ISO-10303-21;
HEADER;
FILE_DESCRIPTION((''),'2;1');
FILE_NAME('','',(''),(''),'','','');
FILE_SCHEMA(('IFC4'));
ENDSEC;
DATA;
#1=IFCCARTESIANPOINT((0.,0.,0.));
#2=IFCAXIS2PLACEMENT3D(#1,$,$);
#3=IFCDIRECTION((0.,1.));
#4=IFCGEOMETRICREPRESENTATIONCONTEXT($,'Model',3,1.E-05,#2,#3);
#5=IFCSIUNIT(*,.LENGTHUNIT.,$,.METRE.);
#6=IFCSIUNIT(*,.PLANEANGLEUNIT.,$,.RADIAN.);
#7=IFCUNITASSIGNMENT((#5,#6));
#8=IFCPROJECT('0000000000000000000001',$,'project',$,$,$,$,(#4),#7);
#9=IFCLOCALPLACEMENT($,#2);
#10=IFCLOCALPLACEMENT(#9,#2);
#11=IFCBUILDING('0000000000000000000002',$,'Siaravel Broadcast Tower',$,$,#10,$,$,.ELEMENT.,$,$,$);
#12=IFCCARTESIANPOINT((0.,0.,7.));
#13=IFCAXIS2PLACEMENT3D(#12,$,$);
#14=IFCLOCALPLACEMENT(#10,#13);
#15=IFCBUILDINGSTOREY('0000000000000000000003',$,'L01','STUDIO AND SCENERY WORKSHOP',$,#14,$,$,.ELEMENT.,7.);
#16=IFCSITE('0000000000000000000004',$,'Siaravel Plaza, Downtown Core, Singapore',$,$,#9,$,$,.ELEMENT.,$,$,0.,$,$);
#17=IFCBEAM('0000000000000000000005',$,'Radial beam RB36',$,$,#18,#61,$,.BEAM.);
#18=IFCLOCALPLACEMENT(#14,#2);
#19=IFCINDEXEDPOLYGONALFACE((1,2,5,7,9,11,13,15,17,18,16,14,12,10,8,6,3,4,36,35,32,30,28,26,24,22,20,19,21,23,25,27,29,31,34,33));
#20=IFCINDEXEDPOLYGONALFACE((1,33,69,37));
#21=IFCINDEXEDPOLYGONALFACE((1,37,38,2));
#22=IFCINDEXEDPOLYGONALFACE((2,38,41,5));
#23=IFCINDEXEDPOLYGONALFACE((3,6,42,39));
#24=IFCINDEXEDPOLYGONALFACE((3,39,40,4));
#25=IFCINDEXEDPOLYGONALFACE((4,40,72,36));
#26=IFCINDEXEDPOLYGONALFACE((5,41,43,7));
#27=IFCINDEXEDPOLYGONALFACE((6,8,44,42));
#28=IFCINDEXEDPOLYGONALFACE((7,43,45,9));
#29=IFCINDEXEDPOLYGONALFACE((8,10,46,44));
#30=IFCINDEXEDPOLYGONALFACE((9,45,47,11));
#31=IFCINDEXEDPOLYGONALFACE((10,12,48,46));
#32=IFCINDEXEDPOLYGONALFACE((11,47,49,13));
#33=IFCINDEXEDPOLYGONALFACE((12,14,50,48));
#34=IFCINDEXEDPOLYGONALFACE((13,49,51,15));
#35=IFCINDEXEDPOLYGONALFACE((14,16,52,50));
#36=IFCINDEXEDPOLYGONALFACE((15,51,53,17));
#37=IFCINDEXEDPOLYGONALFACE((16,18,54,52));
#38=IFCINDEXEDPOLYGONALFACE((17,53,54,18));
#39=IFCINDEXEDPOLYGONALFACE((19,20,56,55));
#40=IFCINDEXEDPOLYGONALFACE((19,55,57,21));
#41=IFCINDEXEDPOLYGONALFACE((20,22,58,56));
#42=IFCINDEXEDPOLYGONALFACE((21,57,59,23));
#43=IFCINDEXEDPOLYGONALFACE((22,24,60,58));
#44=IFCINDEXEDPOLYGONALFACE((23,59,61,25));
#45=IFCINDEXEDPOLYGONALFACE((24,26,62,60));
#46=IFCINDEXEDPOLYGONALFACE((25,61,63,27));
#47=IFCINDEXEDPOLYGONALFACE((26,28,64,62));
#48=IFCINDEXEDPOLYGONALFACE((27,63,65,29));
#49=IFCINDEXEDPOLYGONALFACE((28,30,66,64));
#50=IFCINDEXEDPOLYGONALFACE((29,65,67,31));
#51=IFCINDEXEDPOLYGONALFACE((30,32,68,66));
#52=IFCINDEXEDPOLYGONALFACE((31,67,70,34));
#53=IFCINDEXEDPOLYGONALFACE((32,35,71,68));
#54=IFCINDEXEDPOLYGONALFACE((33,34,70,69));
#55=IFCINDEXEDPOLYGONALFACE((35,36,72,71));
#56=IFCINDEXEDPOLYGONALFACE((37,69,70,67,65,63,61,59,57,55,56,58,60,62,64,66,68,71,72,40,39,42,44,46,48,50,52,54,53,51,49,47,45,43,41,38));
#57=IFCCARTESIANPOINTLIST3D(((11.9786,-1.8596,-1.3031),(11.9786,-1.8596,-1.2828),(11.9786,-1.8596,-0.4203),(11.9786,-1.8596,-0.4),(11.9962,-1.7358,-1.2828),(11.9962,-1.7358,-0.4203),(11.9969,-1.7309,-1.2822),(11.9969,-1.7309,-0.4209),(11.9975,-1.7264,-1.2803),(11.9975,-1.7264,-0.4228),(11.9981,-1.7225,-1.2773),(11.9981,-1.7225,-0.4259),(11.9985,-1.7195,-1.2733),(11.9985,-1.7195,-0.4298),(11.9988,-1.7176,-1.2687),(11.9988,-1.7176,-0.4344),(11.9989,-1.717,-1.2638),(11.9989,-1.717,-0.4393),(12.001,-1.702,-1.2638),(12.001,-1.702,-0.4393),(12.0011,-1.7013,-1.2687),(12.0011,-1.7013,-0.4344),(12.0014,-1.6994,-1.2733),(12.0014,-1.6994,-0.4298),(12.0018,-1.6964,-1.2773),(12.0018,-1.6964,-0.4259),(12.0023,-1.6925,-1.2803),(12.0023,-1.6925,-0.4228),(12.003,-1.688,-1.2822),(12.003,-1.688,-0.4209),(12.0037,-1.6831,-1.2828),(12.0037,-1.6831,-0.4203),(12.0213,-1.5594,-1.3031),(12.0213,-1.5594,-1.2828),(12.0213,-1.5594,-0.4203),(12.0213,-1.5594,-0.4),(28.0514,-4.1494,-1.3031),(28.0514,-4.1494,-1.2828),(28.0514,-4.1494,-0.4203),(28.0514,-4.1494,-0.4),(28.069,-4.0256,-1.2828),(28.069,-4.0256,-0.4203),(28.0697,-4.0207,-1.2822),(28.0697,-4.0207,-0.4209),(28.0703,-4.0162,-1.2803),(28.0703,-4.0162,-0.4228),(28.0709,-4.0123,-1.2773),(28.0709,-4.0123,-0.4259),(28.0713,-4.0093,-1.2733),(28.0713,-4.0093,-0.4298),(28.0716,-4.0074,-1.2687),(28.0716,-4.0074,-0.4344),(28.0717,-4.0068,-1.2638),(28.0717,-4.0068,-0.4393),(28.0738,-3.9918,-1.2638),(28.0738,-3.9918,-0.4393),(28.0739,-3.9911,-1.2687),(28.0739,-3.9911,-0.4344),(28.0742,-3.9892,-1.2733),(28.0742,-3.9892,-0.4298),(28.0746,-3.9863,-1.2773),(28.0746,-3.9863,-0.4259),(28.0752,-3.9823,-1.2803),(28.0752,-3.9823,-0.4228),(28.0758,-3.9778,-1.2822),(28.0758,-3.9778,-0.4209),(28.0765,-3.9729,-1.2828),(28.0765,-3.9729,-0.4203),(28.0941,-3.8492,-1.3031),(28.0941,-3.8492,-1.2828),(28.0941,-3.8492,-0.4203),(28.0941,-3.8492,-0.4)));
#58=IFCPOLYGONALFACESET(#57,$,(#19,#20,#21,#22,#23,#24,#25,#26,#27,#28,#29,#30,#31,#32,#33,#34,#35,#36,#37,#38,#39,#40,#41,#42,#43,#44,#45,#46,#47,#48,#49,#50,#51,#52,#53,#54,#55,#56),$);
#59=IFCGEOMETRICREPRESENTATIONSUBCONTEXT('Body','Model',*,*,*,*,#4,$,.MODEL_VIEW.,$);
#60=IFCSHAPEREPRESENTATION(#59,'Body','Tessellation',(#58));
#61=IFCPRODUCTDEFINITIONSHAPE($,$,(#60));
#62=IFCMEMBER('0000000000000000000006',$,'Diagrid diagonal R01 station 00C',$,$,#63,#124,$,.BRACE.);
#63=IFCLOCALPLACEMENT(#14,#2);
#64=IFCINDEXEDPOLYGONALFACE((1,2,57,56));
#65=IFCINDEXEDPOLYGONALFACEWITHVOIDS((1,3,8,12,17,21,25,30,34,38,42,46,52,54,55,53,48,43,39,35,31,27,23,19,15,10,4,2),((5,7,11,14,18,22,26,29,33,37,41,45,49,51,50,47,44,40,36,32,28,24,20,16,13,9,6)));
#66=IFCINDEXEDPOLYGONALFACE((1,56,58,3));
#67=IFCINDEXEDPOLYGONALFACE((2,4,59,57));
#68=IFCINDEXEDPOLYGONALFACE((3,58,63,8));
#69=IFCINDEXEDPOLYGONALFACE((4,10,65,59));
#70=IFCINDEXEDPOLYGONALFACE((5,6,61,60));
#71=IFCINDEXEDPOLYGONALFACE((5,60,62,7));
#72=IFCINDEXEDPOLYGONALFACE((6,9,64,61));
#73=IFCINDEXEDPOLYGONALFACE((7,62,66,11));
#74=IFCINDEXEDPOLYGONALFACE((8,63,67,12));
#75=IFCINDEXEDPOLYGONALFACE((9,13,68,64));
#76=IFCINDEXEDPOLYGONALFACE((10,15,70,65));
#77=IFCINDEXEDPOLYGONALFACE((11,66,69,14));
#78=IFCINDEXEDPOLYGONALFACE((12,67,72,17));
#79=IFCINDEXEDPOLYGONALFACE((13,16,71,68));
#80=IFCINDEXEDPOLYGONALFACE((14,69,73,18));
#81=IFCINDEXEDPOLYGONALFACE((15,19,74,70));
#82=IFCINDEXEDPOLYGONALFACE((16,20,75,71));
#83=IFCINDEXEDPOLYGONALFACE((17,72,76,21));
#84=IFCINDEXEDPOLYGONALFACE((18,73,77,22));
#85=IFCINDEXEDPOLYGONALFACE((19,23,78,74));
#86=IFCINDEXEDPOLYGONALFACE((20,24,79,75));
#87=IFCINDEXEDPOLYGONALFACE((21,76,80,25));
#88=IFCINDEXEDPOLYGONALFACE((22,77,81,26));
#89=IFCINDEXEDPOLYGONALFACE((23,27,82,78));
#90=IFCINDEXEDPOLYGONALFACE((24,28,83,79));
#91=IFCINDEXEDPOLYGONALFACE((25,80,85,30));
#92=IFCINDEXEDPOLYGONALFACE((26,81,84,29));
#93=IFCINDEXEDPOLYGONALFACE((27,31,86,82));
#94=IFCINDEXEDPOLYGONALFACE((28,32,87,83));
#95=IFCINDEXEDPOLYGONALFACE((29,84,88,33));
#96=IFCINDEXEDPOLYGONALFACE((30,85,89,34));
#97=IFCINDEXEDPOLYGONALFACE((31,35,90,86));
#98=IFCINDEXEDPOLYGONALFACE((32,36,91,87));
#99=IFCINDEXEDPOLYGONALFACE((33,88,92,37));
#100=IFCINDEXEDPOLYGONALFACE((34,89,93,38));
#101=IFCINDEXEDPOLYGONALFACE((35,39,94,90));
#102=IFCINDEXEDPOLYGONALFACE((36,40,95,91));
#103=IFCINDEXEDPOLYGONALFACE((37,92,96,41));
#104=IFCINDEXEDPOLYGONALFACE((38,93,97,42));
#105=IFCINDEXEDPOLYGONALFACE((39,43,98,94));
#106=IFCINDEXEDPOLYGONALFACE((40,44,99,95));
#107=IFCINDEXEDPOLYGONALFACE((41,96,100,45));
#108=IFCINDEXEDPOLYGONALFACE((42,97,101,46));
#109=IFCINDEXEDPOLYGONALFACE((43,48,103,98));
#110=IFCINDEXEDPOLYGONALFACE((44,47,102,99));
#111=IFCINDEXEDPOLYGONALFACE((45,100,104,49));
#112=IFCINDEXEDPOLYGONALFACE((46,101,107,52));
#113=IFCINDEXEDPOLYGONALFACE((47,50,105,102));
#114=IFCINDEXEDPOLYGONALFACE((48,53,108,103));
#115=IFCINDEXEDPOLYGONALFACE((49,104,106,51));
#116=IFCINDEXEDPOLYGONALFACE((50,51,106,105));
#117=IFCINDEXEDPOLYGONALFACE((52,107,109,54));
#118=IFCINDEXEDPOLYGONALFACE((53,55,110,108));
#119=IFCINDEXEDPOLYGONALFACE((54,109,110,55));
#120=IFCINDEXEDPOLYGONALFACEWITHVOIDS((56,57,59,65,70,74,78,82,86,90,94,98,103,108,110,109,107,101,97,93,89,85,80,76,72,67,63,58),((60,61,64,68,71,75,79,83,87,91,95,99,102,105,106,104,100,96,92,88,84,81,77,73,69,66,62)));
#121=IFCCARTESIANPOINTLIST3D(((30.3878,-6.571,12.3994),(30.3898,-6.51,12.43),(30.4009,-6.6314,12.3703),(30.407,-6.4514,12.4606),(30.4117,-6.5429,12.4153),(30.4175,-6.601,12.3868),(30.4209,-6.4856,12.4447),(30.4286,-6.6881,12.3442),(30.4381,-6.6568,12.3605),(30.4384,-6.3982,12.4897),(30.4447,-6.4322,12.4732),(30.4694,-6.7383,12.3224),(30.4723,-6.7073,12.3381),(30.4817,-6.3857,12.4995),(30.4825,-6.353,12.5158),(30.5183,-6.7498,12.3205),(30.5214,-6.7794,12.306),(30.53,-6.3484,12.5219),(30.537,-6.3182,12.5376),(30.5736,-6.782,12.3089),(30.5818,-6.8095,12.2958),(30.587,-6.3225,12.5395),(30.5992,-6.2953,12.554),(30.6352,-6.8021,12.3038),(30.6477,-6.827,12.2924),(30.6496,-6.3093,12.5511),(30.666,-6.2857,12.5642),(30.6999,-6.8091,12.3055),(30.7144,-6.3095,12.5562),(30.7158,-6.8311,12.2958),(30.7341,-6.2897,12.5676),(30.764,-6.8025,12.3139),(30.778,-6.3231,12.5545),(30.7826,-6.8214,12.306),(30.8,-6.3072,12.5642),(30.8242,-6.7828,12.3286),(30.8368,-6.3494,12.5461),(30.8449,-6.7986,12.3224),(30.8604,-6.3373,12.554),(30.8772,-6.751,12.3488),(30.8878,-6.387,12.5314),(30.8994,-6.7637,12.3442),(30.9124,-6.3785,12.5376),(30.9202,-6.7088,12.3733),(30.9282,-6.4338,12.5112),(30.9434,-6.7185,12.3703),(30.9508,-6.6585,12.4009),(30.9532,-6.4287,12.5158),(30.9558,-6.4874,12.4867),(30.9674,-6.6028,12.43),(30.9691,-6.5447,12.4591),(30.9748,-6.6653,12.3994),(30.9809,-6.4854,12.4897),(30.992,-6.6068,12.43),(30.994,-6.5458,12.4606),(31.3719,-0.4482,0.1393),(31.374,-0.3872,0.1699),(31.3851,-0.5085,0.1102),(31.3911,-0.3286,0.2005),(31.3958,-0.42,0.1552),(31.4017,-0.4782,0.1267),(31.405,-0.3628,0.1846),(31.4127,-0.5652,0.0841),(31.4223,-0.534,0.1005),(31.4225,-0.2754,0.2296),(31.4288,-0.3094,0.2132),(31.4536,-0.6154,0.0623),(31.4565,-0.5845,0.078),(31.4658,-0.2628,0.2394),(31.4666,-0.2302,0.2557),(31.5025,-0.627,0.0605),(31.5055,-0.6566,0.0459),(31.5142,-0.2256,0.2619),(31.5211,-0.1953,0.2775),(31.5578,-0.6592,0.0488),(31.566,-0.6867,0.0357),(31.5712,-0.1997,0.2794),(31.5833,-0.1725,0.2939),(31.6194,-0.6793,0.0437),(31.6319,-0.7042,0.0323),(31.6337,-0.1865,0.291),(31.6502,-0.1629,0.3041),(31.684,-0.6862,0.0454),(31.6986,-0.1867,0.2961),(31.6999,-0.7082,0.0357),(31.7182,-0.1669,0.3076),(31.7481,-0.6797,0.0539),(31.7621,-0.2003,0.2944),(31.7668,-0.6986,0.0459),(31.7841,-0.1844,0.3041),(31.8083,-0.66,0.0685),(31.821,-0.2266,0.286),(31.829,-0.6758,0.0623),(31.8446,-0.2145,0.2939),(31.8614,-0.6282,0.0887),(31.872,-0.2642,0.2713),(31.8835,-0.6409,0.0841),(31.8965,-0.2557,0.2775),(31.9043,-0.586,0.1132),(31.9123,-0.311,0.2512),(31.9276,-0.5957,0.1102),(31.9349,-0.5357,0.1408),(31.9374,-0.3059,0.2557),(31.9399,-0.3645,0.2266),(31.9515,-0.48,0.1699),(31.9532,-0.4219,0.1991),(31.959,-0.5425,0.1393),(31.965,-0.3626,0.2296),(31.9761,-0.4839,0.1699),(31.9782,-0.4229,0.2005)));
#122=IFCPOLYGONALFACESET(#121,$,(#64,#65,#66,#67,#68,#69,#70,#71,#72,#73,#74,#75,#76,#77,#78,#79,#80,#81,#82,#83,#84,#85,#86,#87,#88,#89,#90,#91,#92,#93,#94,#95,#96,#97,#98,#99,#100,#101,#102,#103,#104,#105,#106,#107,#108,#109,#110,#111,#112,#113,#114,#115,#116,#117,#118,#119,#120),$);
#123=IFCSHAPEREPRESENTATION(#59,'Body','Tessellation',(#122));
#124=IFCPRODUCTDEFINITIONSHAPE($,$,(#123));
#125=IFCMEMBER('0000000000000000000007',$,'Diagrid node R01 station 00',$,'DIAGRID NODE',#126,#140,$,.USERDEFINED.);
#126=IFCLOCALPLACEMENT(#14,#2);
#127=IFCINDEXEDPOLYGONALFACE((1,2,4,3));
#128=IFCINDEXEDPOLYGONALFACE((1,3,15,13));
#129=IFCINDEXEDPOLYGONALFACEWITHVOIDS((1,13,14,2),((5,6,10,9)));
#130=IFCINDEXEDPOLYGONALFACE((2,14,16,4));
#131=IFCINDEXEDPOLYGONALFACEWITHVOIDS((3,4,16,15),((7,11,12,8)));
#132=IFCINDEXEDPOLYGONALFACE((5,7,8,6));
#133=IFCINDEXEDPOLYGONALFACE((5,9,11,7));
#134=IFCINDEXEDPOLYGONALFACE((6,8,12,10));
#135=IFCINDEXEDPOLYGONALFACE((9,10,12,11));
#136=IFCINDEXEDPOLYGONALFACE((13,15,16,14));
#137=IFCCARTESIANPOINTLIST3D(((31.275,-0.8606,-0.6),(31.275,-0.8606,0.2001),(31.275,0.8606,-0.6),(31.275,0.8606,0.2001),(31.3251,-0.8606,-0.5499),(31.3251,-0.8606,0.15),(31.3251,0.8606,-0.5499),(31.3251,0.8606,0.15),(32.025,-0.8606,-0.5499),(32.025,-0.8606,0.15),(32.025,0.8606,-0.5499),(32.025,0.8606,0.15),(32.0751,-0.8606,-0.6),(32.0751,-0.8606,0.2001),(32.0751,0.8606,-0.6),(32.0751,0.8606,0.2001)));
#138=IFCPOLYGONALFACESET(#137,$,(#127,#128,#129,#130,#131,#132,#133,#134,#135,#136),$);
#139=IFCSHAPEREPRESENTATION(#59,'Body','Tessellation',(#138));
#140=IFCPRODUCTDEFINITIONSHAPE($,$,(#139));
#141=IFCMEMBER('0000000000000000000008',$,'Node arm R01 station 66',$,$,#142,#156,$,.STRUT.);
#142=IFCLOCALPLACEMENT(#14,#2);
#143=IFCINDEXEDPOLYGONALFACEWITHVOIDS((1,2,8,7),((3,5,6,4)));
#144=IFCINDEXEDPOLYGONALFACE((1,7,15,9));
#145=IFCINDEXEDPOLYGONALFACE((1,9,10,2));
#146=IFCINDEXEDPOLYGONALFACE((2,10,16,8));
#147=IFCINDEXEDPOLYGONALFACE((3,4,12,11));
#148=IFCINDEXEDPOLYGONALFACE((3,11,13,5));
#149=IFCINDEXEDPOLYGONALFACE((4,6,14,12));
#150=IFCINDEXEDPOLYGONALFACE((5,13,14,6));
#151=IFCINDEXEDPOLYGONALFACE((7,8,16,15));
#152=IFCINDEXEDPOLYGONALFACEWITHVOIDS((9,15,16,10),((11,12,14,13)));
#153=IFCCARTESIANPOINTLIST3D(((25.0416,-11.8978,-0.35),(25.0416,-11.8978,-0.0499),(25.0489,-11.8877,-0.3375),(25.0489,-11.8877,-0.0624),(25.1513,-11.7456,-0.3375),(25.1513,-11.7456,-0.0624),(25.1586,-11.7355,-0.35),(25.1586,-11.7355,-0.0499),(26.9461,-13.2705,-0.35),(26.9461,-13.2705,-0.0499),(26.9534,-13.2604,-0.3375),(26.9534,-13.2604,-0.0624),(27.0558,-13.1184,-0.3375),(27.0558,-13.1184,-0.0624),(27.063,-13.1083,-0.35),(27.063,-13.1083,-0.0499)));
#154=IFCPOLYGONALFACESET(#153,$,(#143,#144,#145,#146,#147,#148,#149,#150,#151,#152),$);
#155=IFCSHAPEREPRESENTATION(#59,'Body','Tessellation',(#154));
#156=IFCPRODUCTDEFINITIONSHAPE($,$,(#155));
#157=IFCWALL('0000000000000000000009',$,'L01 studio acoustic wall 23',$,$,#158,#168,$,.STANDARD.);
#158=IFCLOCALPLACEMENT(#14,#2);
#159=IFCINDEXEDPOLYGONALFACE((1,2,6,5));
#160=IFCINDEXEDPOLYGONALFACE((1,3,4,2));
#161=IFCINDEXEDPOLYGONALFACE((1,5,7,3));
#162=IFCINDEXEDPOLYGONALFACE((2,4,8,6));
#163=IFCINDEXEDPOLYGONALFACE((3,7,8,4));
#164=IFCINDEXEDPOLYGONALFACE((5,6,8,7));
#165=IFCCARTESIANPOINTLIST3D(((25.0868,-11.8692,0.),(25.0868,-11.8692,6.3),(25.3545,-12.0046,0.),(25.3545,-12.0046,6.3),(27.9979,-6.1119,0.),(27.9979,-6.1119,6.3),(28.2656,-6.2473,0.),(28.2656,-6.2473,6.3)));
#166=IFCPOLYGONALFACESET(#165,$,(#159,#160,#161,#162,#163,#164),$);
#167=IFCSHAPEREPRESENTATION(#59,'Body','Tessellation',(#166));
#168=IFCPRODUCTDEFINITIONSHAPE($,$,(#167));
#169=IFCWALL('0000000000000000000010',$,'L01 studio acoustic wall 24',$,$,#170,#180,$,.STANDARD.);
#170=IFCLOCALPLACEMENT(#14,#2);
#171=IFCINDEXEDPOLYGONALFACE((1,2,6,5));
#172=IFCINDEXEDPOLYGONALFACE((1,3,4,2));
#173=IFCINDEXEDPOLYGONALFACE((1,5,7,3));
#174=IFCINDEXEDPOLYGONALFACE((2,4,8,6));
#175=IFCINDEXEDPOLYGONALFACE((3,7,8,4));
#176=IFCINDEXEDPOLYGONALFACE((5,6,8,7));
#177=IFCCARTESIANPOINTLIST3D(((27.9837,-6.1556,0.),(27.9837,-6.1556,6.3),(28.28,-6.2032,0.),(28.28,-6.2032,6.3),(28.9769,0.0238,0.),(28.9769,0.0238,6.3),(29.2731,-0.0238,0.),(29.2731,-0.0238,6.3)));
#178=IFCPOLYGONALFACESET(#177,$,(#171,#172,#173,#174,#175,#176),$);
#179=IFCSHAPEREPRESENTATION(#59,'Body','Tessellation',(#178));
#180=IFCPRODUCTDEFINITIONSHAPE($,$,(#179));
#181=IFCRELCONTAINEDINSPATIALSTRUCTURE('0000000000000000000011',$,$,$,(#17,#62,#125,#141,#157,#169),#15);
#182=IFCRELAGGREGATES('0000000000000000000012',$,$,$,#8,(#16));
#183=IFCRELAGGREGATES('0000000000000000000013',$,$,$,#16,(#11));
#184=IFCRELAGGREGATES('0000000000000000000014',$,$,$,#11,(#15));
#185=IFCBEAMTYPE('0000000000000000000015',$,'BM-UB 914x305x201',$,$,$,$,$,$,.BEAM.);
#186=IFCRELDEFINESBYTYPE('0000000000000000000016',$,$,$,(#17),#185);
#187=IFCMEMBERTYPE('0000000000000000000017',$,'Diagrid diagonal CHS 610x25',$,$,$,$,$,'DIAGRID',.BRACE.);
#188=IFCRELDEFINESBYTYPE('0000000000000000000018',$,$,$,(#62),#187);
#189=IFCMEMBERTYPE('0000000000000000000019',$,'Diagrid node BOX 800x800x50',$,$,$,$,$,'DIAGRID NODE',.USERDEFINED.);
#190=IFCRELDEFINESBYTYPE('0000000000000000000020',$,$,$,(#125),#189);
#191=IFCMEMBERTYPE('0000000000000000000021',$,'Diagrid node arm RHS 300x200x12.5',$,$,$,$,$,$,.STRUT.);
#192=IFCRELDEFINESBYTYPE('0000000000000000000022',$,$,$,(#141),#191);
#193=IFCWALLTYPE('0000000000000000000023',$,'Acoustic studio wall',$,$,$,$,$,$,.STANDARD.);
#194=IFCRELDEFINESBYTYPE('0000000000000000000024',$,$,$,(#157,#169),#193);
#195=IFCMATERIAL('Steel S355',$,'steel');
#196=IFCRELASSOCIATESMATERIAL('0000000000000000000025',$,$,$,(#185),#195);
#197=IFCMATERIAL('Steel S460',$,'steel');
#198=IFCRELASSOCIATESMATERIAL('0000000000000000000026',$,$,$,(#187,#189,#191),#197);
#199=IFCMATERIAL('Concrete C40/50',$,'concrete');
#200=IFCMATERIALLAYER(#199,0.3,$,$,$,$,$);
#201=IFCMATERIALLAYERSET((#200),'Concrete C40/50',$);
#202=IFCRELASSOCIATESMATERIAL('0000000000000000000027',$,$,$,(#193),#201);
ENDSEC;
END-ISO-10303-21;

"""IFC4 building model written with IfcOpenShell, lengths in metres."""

from ifc_helpers import new_model, si_unit, direction, frame, frame_2d, origin, origin_2d, place, context, subcontext, project, spatial, rectangle, hollow_rectangle, hollow_circle, i_section, extrude, material, layer, layer_set, material_profile, profile_set, type_object, element, save


model = new_model("IFC4")

# Units and contexts
model_context = context("Model", 3, precision=1e-05, world=origin(), true_north=direction((0.0, 1.0)))
body_context = subcontext(model_context, "Body", "Model", "MODEL_VIEW")
ifc_project = project(units=[si_unit("LENGTHUNIT", "METRE"), si_unit("PLANEANGLEUNIT", "RADIAN")], contexts=[model_context])

# Site, building, storey
site_placement = place(None, origin())
site = spatial("IfcSite", under=ifc_project, at=site_placement, Name="Siaravel Plaza, Downtown Core, Singapore", CompositionType="ELEMENT", RefElevation=0.0)
building_placement = place(site_placement, origin())
building = spatial("IfcBuilding", under=site, at=building_placement, Name="Siaravel Broadcast Tower", CompositionType="ELEMENT")
storey_placement = place(building_placement, frame((0.0, 0.0, 7.0)))
storey = spatial("IfcBuildingStorey", under=building, at=storey_placement, Name="L01", Description="STUDIO AND SCENERY WORKSHOP", CompositionType="ELEMENT", Elevation=7.0)

# Beam
ifc_material_1 = material(Name="Steel S355", Category="steel")
ifc_material_profile_1 = material_profile(ifc_material_1, i_section(OverallWidth=0.3032, OverallDepth=0.9031, WebThickness=0.0151, FlangeThickness=0.0203, FilletRadius=0.019, at=origin_2d()))
ifc_profile_set_1 = profile_set([ifc_material_profile_1], Name="Steel S355")
beam_type = type_object("IfcBeamType", Name="BM-UB 914x305x201", PredefinedType="BEAM", material=ifc_profile_set_1)
beam_1_placement = place(storey_placement, frame((28.0728, -3.9993, -0.8516), z_axis=(-0.990004, 0.14104, 0.0), x_axis=(-0.14104, -0.990004, 0.0)))
element("IfcBeam", 1, at=beam_1_placement, inside=storey, type_object=beam_type, Name="Radial beam RB36", PredefinedType="BEAM", context=body_context, shape_type="SweptSolid", body=[
    extrude(i_section(OverallWidth=0.3032, OverallDepth=0.9031, WebThickness=0.0151, FlangeThickness=0.0203, FilletRadius=0.019, at=origin_2d()), origin(), (0.0, 0.0, 1.0), 16.2351),
])

# Members
ifc_material_2 = material(Name="Steel S460", Category="steel")
ifc_material_profile_2 = material_profile(ifc_material_2, hollow_circle(Radius=0.3049, WallThickness=0.0249, at=origin_2d()))
ifc_profile_set_2 = profile_set([ifc_material_profile_2], Name="Steel S460")
member_type_1 = type_object("IfcMemberType", Name="Diagrid diagonal CHS 610x25", ElementType="DIAGRID", PredefinedType="BRACE", material=ifc_profile_set_2)
member_1_placement = place(storey_placement, frame((31.675, -0.4355, 0.1699), z_axis=(-0.07163, -0.445645, 0.892339), x_axis=(0.987328, -0.158695, 0.0)))
element("IfcMember", 2, at=member_1_placement, inside=storey, type_object=member_type_1, Name="Diagrid diagonal R01 station 00C", PredefinedType="BRACE", context=body_context, shape_type="SweptSolid", body=[
    extrude(hollow_circle(Radius=0.3049, WallThickness=0.0249, at=origin_2d()), origin(), (0.0, 0.0, 1.0), 13.7393),
])
ifc_material_profile_3 = material_profile(ifc_material_2, hollow_rectangle(XDim=0.8, YDim=0.8, WallThickness=0.05, at=origin_2d()))
ifc_profile_set_3 = profile_set([ifc_material_profile_3], Name="Steel S460")
member_type_2 = type_object("IfcMemberType", Name="Diagrid node BOX 800x800x50", ElementType="DIAGRID NODE", PredefinedType="USERDEFINED", material=ifc_profile_set_3)
member_2_placement = place(storey_placement, frame((31.675, -0.8606, -0.2), z_axis=(0.0, 1.0, 0.0), x_axis=(-1.0, 0.0, 0.0)))
element("IfcMember", 3, at=member_2_placement, inside=storey, type_object=member_type_2, Name="Diagrid node R01 station 00", ObjectType="DIAGRID NODE", PredefinedType="USERDEFINED", context=body_context, shape_type="SweptSolid", body=[
    extrude(hollow_rectangle(XDim=0.8, YDim=0.8, WallThickness=0.05, at=origin_2d()), origin(), (0.0, 0.0, 1.0), 1.7212),
])
ifc_material_profile_4 = material_profile(ifc_material_2, hollow_rectangle(XDim=0.2, YDim=0.3, WallThickness=0.0125, at=origin_2d()))
ifc_profile_set_4 = profile_set([ifc_material_profile_4], Name="Steel S460")
member_type_3 = type_object("IfcMemberType", Name="Diagrid node arm RHS 300x200x12.5", PredefinedType="STRUT", material=ifc_profile_set_4)
member_3_placement = place(storey_placement, frame((25.1001, -11.8167, -0.2), z_axis=(0.811225, -0.584735, 0.0), x_axis=(0.584735, 0.811225, 0.0)))
element("IfcMember", 4, at=member_3_placement, inside=storey, type_object=member_type_3, Name="Node arm R01 station 66", PredefinedType="STRUT", context=body_context, shape_type="SweptSolid", body=[
    extrude(hollow_rectangle(XDim=0.2, YDim=0.3, WallThickness=0.0125, at=origin_2d()), origin(), (0.0, 0.0, 1.0), 2.3477),
])

# Walls
ifc_material_3 = material(Name="Concrete C40/50", Category="concrete")
ifc_layer_1 = layer(ifc_material_3, 0.3)
ifc_layer_set_1 = layer_set([ifc_layer_1], Name="Concrete C40/50")
wall_type_1 = type_object("IfcWallType", Name="Acoustic studio wall", PredefinedType="STANDARD", material=ifc_layer_set_1)
wall_1_placement = place(storey_placement, frame((25.2207, -11.9368, 0.0), z_axis=(0.0, 0.0, 1.0), x_axis=(0.451236, 0.892405, 0.0)))
element("IfcWall", 5, at=wall_1_placement, inside=storey, type_object=wall_type_1, Name="L01 studio acoustic wall 23", PredefinedType="STANDARD", context=body_context, shape_type="SweptSolid", body=[
    extrude(rectangle(XDim=6.4514, YDim=0.3, at=frame_2d((3.2256, 0.0))), origin(), (0.0, 0.0, 1.0), 6.3),
])
wall_2_placement = place(storey_placement, frame((28.1318, -6.1794, 0.0), z_axis=(0.0, 0.0, 1.0), x_axis=(0.158684, 0.987329, 0.0)))
element("IfcWall", 6, at=wall_2_placement, inside=storey, type_object=wall_type_1, Name="L01 studio acoustic wall 24", PredefinedType="STANDARD", context=body_context, shape_type="SweptSolid", body=[
    extrude(rectangle(XDim=6.2588, YDim=0.3, at=frame_2d((3.1294, 0.0))), origin(), (0.0, 0.0, 1.0), 6.3),
])

save(model, "model.ifc")
